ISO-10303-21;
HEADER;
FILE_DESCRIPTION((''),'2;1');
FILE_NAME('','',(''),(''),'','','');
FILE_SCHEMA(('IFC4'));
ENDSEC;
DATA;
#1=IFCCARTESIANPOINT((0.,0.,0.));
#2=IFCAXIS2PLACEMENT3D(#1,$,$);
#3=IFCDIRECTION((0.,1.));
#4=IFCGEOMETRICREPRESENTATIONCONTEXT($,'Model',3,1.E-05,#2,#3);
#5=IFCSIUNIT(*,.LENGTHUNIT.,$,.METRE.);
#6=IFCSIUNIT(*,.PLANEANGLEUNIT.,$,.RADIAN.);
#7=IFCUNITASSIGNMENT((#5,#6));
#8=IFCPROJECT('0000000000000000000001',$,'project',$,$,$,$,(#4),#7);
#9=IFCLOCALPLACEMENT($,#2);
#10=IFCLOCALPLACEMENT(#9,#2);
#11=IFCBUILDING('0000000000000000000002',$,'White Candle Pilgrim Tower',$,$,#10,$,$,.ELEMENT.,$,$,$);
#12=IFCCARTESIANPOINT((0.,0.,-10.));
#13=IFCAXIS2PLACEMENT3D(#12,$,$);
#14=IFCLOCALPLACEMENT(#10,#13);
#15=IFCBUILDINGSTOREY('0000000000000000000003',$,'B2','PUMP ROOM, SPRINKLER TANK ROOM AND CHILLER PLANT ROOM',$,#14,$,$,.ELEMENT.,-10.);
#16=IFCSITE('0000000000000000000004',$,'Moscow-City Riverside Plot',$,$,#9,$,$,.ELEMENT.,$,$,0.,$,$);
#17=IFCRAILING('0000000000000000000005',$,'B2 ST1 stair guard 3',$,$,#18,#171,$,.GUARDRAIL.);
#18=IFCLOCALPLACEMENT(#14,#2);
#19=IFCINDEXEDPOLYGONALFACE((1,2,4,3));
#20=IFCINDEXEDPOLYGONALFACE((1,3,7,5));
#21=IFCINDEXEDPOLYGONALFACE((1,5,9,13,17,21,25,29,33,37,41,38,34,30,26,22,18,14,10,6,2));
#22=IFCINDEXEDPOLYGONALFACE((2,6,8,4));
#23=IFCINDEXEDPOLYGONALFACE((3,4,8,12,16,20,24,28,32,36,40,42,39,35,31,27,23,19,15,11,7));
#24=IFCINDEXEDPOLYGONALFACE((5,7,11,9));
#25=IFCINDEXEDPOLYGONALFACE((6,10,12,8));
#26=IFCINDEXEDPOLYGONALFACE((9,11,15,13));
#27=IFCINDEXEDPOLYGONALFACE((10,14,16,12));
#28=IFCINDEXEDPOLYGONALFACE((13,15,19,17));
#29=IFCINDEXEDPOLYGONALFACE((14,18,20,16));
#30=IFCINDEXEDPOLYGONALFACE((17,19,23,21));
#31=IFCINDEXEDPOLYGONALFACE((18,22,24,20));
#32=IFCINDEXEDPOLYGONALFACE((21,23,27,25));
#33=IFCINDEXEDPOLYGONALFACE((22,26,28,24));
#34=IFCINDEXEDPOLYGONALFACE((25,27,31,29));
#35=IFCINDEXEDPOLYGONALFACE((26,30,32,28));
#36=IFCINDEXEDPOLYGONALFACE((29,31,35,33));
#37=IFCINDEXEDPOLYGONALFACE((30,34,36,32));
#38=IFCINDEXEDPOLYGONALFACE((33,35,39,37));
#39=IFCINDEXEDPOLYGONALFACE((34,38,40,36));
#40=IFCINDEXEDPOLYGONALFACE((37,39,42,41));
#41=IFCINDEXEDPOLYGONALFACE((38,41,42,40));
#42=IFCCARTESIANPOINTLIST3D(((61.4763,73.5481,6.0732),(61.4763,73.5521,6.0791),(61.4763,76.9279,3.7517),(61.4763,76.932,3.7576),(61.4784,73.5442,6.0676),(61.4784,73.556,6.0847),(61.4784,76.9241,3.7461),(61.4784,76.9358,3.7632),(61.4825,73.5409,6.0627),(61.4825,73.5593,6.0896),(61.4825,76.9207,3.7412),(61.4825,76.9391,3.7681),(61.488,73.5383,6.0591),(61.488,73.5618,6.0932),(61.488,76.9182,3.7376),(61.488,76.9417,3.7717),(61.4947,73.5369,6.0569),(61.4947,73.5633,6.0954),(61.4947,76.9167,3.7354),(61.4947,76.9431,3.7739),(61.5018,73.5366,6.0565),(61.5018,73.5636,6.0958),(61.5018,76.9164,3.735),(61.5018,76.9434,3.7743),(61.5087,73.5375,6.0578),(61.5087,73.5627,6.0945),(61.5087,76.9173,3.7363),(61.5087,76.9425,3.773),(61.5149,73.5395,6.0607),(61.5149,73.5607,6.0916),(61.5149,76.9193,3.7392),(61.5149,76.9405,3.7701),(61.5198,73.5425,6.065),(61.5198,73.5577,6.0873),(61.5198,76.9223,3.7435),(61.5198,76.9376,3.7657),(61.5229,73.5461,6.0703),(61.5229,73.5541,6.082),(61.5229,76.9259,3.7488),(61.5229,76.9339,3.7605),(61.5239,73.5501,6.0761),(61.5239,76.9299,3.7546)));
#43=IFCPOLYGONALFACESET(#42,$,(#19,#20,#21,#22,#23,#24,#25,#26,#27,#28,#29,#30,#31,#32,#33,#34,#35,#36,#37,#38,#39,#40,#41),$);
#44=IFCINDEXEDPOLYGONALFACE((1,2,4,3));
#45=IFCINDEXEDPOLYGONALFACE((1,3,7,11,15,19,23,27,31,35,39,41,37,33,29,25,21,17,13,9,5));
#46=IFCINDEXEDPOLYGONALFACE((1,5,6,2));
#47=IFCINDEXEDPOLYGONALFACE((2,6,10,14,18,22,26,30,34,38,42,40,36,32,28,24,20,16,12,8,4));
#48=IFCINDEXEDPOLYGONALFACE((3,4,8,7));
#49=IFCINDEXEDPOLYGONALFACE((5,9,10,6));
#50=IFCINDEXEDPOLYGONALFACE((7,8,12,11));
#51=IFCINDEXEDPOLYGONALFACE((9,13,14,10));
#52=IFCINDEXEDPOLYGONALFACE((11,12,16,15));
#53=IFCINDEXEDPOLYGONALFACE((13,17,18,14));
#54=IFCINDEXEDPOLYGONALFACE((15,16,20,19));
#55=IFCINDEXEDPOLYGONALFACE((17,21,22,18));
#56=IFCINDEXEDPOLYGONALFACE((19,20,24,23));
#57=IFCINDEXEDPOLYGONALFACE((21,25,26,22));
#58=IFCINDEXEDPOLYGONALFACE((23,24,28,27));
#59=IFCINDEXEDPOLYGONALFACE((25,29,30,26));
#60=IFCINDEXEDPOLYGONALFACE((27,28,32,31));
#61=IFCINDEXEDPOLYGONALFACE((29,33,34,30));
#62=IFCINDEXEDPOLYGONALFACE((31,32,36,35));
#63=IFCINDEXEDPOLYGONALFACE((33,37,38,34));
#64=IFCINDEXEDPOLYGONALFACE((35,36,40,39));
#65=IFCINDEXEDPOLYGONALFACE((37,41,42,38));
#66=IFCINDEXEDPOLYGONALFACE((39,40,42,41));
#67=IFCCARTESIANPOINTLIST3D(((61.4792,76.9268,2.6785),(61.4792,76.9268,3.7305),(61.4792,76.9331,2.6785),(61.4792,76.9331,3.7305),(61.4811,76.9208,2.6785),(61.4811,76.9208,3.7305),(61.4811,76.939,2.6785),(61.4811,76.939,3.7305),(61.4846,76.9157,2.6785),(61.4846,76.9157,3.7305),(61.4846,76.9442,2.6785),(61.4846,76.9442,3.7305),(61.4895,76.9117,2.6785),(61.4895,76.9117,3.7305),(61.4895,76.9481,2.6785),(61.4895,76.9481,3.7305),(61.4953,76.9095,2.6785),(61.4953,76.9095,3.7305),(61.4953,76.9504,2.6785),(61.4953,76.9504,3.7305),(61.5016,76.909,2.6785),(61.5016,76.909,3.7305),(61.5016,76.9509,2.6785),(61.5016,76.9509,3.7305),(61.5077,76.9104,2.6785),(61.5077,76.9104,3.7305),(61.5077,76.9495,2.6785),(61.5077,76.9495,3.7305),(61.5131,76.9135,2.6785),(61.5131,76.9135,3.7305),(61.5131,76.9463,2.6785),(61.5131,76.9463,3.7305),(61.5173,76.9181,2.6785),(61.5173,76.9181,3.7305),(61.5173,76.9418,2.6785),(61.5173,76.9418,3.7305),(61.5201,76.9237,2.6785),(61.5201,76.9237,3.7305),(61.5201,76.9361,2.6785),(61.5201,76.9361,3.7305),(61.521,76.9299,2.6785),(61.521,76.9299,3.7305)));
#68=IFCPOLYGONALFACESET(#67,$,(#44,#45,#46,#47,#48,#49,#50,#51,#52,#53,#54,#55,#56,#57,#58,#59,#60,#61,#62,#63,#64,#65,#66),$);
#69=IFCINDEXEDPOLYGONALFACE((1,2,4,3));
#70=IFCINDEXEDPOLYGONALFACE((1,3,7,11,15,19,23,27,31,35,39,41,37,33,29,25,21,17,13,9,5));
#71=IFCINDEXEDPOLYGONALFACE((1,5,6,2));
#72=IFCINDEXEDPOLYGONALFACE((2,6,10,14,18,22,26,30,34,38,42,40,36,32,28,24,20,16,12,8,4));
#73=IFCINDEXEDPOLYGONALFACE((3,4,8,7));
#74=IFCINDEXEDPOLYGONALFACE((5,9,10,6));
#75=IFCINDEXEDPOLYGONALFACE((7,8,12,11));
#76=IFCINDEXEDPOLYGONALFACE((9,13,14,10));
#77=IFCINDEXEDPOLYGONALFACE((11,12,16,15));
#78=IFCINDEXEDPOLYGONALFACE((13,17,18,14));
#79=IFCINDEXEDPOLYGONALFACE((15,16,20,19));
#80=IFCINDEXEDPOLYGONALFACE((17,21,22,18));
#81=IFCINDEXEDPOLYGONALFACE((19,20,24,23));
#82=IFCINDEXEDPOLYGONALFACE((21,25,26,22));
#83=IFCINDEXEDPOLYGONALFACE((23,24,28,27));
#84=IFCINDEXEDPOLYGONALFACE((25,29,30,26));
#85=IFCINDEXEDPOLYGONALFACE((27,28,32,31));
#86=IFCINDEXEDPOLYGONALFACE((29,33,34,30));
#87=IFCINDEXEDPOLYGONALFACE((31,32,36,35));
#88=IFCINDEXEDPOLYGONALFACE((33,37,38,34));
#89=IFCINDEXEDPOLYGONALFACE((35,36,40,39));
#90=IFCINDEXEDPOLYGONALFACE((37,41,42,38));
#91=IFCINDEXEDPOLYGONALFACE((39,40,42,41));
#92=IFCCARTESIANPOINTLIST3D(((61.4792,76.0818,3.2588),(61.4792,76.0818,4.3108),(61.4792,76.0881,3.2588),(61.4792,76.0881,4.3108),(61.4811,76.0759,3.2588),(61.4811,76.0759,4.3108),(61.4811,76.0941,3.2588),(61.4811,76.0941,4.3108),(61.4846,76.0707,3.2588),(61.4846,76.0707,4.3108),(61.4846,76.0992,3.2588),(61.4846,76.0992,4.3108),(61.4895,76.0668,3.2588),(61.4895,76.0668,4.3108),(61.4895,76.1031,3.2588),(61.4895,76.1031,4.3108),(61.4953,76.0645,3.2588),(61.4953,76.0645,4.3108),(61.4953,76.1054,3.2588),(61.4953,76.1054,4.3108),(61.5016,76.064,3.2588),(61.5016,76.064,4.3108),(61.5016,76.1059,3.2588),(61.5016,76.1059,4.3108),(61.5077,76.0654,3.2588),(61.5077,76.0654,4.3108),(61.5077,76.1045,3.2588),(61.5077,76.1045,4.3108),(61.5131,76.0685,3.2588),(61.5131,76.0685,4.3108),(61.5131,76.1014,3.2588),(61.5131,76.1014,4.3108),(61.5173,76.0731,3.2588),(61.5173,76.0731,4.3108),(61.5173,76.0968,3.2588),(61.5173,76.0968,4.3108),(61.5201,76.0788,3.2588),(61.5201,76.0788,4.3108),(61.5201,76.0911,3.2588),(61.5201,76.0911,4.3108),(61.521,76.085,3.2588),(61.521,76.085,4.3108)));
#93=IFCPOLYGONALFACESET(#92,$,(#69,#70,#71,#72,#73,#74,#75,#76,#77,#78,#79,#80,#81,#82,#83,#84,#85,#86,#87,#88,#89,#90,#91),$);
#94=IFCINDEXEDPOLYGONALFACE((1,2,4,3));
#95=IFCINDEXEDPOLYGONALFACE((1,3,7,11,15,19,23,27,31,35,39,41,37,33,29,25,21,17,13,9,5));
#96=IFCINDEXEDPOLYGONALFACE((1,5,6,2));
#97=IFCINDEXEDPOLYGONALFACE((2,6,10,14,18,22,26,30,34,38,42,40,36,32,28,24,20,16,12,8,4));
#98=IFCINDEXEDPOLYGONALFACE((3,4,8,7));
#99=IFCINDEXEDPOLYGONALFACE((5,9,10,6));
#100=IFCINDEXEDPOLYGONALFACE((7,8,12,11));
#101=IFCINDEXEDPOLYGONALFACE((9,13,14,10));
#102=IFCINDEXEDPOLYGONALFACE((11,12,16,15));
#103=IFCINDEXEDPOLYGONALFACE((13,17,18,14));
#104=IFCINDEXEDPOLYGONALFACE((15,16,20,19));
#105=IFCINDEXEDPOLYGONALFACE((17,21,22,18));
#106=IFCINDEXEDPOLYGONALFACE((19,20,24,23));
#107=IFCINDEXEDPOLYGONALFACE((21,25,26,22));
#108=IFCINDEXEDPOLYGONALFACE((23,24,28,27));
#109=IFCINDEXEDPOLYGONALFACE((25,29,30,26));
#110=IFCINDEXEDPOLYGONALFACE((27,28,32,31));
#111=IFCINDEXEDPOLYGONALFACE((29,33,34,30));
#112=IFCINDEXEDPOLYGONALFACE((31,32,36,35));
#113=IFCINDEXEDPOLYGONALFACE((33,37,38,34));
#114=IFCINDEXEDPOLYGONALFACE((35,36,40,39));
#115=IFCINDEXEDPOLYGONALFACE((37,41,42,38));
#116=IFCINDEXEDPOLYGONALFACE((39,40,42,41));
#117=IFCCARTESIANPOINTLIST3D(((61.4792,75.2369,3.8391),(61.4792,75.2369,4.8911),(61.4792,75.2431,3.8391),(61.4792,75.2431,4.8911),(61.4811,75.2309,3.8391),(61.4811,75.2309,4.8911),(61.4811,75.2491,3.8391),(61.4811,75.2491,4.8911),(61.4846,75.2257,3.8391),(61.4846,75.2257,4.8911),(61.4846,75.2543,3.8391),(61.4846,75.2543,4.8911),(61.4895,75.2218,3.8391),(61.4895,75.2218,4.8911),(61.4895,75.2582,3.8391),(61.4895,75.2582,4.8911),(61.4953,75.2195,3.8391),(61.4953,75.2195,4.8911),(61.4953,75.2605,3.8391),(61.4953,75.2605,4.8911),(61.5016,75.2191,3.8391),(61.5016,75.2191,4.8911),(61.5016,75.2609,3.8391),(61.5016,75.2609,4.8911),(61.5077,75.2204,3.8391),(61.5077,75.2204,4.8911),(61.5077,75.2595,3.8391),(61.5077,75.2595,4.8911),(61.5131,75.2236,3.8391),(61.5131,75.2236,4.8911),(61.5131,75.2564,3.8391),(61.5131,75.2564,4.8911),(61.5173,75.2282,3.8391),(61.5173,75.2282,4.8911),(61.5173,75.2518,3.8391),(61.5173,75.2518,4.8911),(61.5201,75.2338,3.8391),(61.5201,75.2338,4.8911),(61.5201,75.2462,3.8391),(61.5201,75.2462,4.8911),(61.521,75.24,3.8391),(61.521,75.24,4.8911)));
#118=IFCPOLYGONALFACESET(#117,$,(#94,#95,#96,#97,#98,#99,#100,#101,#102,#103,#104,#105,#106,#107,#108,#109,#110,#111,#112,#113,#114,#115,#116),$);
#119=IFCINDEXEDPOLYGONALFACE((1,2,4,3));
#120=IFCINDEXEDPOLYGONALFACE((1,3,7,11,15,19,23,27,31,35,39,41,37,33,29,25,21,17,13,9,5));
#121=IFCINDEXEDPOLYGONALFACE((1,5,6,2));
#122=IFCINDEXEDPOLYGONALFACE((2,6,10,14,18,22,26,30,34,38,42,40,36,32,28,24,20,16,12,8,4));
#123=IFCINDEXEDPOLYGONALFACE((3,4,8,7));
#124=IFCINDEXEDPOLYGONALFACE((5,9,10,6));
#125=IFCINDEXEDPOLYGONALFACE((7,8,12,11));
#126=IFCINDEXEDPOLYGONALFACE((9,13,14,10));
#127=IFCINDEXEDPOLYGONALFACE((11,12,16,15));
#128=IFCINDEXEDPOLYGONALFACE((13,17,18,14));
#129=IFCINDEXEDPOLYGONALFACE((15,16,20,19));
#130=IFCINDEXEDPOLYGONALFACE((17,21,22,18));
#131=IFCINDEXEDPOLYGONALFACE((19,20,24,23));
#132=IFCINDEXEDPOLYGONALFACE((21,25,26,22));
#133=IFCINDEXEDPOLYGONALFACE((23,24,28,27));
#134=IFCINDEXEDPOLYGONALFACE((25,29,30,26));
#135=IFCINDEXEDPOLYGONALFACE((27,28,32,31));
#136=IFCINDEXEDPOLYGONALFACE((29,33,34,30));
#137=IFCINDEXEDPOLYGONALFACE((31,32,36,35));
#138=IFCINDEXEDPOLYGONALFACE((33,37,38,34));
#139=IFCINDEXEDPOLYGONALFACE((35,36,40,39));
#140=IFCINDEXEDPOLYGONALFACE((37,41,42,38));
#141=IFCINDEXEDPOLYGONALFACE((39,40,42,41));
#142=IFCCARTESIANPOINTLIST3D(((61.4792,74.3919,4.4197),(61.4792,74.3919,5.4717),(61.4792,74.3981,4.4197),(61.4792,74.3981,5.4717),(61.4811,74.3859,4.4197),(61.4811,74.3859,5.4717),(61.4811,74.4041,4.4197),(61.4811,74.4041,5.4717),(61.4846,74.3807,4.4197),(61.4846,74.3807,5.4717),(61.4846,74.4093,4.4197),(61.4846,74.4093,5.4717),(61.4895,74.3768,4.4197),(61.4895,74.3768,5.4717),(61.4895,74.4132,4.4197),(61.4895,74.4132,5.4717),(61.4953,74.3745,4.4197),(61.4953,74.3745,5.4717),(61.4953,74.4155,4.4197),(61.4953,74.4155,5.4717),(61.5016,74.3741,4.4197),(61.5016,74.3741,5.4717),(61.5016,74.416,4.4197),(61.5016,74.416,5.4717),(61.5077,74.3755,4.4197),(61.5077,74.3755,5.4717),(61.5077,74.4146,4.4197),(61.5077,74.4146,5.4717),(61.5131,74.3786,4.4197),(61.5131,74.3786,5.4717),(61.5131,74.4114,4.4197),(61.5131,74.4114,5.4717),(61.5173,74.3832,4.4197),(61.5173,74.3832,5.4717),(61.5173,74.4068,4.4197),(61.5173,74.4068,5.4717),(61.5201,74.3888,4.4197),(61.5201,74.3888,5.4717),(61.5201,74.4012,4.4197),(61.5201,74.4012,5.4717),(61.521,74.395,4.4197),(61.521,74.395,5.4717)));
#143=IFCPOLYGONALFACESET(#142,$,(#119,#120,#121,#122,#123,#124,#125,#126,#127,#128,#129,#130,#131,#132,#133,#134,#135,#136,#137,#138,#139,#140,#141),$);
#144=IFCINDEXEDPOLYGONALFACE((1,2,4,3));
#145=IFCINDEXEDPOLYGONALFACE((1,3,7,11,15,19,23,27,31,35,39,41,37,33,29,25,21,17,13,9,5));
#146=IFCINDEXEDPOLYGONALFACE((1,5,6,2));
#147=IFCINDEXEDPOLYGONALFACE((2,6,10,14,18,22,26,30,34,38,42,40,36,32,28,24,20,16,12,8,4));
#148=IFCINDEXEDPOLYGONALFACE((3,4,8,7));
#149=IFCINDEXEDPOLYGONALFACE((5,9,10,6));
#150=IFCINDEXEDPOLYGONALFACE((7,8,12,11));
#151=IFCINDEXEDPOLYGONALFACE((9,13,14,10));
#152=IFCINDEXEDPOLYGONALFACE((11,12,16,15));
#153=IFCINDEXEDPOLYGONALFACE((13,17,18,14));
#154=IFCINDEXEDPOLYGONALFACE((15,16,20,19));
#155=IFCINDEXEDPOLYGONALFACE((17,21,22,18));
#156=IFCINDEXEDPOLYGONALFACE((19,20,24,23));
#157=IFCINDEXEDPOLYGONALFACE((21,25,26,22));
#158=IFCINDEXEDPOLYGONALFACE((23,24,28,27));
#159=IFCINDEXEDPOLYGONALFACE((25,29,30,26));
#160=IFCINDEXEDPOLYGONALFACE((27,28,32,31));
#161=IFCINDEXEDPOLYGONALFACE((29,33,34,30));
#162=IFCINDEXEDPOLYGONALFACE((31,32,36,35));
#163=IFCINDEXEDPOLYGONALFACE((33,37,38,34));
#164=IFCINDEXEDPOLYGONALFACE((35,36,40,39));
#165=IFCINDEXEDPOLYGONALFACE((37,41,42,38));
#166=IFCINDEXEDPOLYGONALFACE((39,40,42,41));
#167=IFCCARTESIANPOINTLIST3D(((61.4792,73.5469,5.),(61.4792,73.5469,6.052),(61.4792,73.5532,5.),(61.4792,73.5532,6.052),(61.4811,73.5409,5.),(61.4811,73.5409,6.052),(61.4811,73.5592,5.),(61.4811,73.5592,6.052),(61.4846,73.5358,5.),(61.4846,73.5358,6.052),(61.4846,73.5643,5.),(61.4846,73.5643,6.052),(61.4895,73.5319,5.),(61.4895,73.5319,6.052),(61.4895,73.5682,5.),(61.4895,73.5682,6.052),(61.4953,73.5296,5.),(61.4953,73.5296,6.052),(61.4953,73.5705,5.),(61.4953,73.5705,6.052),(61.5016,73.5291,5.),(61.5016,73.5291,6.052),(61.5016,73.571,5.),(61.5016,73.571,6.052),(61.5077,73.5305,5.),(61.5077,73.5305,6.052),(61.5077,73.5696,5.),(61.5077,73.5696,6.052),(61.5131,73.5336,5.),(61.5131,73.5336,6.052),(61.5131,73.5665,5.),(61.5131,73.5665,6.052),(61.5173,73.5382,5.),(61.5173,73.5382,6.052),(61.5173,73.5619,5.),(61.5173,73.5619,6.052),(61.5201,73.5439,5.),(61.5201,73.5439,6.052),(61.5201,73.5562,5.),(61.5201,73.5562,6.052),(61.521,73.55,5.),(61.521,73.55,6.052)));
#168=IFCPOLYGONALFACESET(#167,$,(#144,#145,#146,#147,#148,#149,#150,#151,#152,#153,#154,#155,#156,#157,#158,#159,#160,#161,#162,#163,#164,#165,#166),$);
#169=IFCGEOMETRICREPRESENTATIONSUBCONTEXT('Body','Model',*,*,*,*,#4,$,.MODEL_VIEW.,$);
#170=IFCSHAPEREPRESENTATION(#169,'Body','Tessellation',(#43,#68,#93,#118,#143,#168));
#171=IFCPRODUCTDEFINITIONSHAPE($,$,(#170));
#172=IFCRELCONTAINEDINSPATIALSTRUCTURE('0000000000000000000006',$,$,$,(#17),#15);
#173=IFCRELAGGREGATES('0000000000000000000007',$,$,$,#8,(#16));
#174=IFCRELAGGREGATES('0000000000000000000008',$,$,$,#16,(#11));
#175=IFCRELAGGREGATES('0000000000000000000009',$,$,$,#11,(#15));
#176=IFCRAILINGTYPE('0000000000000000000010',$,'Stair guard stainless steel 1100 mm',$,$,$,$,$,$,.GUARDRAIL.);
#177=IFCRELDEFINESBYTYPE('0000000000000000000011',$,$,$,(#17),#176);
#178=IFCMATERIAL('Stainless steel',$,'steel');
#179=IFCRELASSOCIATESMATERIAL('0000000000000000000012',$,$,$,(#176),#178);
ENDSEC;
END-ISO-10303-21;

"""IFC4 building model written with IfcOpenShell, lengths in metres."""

from ifc_helpers import new_model, si_unit, direction, frame, origin, origin_2d, place, context, subcontext, project, spatial, circle, extrude, material, type_object, element, save


model = new_model("IFC4")

# Units and contexts
model_context = context("Model", 3, precision=1e-05, world=origin(), true_north=direction((0.0, 1.0)))
body_context = subcontext(model_context, "Body", "Model", "MODEL_VIEW")
ifc_project = project(units=[si_unit("LENGTHUNIT", "METRE"), si_unit("PLANEANGLEUNIT", "RADIAN")], contexts=[model_context])

# Site, building, storey
site_placement = place(None, origin())
site = spatial("IfcSite", under=ifc_project, at=site_placement, Name="Moscow-City Riverside Plot", CompositionType="ELEMENT", RefElevation=0.0)
building_placement = place(site_placement, origin())
building = spatial("IfcBuilding", under=site, at=building_placement, Name="White Candle Pilgrim Tower", CompositionType="ELEMENT")
storey_placement = place(building_placement, frame((0.0, 0.0, -10.0)))
storey = spatial("IfcBuildingStorey", under=building, at=storey_placement, Name="B2", Description="PUMP ROOM, SPRINKLER TANK ROOM AND CHILLER PLANT ROOM", CompositionType="ELEMENT", Elevation=-10.0)

# Railing
ifc_material_1 = material(Name="Stainless steel", Category="steel")
railing_type_1 = type_object("IfcRailingType", Name="Stair guard stainless steel 1100 mm", PredefinedType="GUARDRAIL", material=ifc_material_1)
railing_1_placement = place(storey_placement, frame((61.5, 76.9299, 2.6785)))
element("IfcRailing", 1, at=railing_1_placement, inside=storey, type_object=railing_type_1, Name="B2 ST1 stair guard 3", PredefinedType="GUARDRAIL", context=body_context, shape_type="SweptSolid", body=[
    extrude(circle(Radius=0.0239, at=origin_2d()), frame((0.0, 0.0, 1.0762), z_axis=(0.0, -0.824285, 0.566175), x_axis=(1.0, 0.0, 0.0)), (0.0, 0.0, 1.0), 4.1003),
    extrude(circle(Radius=0.021, at=origin_2d()), origin(), (0.0, 0.0, 1.0), 1.052),
    extrude(circle(Radius=0.021, at=origin_2d()), frame((0.0, -0.845, 0.5803)), (0.0, 0.0, 1.0), 1.052),
    extrude(circle(Radius=0.021, at=origin_2d()), frame((0.0, -1.6899, 1.1606)), (0.0, 0.0, 1.0), 1.052),
    extrude(circle(Radius=0.021, at=origin_2d()), frame((0.0, -2.5349, 1.7412)), (0.0, 0.0, 1.0), 1.052),
    extrude(circle(Radius=0.021, at=origin_2d()), frame((0.0, -3.3799, 2.3215)), (0.0, 0.0, 1.0), 1.052),
])

save(model, "model.ifc")
